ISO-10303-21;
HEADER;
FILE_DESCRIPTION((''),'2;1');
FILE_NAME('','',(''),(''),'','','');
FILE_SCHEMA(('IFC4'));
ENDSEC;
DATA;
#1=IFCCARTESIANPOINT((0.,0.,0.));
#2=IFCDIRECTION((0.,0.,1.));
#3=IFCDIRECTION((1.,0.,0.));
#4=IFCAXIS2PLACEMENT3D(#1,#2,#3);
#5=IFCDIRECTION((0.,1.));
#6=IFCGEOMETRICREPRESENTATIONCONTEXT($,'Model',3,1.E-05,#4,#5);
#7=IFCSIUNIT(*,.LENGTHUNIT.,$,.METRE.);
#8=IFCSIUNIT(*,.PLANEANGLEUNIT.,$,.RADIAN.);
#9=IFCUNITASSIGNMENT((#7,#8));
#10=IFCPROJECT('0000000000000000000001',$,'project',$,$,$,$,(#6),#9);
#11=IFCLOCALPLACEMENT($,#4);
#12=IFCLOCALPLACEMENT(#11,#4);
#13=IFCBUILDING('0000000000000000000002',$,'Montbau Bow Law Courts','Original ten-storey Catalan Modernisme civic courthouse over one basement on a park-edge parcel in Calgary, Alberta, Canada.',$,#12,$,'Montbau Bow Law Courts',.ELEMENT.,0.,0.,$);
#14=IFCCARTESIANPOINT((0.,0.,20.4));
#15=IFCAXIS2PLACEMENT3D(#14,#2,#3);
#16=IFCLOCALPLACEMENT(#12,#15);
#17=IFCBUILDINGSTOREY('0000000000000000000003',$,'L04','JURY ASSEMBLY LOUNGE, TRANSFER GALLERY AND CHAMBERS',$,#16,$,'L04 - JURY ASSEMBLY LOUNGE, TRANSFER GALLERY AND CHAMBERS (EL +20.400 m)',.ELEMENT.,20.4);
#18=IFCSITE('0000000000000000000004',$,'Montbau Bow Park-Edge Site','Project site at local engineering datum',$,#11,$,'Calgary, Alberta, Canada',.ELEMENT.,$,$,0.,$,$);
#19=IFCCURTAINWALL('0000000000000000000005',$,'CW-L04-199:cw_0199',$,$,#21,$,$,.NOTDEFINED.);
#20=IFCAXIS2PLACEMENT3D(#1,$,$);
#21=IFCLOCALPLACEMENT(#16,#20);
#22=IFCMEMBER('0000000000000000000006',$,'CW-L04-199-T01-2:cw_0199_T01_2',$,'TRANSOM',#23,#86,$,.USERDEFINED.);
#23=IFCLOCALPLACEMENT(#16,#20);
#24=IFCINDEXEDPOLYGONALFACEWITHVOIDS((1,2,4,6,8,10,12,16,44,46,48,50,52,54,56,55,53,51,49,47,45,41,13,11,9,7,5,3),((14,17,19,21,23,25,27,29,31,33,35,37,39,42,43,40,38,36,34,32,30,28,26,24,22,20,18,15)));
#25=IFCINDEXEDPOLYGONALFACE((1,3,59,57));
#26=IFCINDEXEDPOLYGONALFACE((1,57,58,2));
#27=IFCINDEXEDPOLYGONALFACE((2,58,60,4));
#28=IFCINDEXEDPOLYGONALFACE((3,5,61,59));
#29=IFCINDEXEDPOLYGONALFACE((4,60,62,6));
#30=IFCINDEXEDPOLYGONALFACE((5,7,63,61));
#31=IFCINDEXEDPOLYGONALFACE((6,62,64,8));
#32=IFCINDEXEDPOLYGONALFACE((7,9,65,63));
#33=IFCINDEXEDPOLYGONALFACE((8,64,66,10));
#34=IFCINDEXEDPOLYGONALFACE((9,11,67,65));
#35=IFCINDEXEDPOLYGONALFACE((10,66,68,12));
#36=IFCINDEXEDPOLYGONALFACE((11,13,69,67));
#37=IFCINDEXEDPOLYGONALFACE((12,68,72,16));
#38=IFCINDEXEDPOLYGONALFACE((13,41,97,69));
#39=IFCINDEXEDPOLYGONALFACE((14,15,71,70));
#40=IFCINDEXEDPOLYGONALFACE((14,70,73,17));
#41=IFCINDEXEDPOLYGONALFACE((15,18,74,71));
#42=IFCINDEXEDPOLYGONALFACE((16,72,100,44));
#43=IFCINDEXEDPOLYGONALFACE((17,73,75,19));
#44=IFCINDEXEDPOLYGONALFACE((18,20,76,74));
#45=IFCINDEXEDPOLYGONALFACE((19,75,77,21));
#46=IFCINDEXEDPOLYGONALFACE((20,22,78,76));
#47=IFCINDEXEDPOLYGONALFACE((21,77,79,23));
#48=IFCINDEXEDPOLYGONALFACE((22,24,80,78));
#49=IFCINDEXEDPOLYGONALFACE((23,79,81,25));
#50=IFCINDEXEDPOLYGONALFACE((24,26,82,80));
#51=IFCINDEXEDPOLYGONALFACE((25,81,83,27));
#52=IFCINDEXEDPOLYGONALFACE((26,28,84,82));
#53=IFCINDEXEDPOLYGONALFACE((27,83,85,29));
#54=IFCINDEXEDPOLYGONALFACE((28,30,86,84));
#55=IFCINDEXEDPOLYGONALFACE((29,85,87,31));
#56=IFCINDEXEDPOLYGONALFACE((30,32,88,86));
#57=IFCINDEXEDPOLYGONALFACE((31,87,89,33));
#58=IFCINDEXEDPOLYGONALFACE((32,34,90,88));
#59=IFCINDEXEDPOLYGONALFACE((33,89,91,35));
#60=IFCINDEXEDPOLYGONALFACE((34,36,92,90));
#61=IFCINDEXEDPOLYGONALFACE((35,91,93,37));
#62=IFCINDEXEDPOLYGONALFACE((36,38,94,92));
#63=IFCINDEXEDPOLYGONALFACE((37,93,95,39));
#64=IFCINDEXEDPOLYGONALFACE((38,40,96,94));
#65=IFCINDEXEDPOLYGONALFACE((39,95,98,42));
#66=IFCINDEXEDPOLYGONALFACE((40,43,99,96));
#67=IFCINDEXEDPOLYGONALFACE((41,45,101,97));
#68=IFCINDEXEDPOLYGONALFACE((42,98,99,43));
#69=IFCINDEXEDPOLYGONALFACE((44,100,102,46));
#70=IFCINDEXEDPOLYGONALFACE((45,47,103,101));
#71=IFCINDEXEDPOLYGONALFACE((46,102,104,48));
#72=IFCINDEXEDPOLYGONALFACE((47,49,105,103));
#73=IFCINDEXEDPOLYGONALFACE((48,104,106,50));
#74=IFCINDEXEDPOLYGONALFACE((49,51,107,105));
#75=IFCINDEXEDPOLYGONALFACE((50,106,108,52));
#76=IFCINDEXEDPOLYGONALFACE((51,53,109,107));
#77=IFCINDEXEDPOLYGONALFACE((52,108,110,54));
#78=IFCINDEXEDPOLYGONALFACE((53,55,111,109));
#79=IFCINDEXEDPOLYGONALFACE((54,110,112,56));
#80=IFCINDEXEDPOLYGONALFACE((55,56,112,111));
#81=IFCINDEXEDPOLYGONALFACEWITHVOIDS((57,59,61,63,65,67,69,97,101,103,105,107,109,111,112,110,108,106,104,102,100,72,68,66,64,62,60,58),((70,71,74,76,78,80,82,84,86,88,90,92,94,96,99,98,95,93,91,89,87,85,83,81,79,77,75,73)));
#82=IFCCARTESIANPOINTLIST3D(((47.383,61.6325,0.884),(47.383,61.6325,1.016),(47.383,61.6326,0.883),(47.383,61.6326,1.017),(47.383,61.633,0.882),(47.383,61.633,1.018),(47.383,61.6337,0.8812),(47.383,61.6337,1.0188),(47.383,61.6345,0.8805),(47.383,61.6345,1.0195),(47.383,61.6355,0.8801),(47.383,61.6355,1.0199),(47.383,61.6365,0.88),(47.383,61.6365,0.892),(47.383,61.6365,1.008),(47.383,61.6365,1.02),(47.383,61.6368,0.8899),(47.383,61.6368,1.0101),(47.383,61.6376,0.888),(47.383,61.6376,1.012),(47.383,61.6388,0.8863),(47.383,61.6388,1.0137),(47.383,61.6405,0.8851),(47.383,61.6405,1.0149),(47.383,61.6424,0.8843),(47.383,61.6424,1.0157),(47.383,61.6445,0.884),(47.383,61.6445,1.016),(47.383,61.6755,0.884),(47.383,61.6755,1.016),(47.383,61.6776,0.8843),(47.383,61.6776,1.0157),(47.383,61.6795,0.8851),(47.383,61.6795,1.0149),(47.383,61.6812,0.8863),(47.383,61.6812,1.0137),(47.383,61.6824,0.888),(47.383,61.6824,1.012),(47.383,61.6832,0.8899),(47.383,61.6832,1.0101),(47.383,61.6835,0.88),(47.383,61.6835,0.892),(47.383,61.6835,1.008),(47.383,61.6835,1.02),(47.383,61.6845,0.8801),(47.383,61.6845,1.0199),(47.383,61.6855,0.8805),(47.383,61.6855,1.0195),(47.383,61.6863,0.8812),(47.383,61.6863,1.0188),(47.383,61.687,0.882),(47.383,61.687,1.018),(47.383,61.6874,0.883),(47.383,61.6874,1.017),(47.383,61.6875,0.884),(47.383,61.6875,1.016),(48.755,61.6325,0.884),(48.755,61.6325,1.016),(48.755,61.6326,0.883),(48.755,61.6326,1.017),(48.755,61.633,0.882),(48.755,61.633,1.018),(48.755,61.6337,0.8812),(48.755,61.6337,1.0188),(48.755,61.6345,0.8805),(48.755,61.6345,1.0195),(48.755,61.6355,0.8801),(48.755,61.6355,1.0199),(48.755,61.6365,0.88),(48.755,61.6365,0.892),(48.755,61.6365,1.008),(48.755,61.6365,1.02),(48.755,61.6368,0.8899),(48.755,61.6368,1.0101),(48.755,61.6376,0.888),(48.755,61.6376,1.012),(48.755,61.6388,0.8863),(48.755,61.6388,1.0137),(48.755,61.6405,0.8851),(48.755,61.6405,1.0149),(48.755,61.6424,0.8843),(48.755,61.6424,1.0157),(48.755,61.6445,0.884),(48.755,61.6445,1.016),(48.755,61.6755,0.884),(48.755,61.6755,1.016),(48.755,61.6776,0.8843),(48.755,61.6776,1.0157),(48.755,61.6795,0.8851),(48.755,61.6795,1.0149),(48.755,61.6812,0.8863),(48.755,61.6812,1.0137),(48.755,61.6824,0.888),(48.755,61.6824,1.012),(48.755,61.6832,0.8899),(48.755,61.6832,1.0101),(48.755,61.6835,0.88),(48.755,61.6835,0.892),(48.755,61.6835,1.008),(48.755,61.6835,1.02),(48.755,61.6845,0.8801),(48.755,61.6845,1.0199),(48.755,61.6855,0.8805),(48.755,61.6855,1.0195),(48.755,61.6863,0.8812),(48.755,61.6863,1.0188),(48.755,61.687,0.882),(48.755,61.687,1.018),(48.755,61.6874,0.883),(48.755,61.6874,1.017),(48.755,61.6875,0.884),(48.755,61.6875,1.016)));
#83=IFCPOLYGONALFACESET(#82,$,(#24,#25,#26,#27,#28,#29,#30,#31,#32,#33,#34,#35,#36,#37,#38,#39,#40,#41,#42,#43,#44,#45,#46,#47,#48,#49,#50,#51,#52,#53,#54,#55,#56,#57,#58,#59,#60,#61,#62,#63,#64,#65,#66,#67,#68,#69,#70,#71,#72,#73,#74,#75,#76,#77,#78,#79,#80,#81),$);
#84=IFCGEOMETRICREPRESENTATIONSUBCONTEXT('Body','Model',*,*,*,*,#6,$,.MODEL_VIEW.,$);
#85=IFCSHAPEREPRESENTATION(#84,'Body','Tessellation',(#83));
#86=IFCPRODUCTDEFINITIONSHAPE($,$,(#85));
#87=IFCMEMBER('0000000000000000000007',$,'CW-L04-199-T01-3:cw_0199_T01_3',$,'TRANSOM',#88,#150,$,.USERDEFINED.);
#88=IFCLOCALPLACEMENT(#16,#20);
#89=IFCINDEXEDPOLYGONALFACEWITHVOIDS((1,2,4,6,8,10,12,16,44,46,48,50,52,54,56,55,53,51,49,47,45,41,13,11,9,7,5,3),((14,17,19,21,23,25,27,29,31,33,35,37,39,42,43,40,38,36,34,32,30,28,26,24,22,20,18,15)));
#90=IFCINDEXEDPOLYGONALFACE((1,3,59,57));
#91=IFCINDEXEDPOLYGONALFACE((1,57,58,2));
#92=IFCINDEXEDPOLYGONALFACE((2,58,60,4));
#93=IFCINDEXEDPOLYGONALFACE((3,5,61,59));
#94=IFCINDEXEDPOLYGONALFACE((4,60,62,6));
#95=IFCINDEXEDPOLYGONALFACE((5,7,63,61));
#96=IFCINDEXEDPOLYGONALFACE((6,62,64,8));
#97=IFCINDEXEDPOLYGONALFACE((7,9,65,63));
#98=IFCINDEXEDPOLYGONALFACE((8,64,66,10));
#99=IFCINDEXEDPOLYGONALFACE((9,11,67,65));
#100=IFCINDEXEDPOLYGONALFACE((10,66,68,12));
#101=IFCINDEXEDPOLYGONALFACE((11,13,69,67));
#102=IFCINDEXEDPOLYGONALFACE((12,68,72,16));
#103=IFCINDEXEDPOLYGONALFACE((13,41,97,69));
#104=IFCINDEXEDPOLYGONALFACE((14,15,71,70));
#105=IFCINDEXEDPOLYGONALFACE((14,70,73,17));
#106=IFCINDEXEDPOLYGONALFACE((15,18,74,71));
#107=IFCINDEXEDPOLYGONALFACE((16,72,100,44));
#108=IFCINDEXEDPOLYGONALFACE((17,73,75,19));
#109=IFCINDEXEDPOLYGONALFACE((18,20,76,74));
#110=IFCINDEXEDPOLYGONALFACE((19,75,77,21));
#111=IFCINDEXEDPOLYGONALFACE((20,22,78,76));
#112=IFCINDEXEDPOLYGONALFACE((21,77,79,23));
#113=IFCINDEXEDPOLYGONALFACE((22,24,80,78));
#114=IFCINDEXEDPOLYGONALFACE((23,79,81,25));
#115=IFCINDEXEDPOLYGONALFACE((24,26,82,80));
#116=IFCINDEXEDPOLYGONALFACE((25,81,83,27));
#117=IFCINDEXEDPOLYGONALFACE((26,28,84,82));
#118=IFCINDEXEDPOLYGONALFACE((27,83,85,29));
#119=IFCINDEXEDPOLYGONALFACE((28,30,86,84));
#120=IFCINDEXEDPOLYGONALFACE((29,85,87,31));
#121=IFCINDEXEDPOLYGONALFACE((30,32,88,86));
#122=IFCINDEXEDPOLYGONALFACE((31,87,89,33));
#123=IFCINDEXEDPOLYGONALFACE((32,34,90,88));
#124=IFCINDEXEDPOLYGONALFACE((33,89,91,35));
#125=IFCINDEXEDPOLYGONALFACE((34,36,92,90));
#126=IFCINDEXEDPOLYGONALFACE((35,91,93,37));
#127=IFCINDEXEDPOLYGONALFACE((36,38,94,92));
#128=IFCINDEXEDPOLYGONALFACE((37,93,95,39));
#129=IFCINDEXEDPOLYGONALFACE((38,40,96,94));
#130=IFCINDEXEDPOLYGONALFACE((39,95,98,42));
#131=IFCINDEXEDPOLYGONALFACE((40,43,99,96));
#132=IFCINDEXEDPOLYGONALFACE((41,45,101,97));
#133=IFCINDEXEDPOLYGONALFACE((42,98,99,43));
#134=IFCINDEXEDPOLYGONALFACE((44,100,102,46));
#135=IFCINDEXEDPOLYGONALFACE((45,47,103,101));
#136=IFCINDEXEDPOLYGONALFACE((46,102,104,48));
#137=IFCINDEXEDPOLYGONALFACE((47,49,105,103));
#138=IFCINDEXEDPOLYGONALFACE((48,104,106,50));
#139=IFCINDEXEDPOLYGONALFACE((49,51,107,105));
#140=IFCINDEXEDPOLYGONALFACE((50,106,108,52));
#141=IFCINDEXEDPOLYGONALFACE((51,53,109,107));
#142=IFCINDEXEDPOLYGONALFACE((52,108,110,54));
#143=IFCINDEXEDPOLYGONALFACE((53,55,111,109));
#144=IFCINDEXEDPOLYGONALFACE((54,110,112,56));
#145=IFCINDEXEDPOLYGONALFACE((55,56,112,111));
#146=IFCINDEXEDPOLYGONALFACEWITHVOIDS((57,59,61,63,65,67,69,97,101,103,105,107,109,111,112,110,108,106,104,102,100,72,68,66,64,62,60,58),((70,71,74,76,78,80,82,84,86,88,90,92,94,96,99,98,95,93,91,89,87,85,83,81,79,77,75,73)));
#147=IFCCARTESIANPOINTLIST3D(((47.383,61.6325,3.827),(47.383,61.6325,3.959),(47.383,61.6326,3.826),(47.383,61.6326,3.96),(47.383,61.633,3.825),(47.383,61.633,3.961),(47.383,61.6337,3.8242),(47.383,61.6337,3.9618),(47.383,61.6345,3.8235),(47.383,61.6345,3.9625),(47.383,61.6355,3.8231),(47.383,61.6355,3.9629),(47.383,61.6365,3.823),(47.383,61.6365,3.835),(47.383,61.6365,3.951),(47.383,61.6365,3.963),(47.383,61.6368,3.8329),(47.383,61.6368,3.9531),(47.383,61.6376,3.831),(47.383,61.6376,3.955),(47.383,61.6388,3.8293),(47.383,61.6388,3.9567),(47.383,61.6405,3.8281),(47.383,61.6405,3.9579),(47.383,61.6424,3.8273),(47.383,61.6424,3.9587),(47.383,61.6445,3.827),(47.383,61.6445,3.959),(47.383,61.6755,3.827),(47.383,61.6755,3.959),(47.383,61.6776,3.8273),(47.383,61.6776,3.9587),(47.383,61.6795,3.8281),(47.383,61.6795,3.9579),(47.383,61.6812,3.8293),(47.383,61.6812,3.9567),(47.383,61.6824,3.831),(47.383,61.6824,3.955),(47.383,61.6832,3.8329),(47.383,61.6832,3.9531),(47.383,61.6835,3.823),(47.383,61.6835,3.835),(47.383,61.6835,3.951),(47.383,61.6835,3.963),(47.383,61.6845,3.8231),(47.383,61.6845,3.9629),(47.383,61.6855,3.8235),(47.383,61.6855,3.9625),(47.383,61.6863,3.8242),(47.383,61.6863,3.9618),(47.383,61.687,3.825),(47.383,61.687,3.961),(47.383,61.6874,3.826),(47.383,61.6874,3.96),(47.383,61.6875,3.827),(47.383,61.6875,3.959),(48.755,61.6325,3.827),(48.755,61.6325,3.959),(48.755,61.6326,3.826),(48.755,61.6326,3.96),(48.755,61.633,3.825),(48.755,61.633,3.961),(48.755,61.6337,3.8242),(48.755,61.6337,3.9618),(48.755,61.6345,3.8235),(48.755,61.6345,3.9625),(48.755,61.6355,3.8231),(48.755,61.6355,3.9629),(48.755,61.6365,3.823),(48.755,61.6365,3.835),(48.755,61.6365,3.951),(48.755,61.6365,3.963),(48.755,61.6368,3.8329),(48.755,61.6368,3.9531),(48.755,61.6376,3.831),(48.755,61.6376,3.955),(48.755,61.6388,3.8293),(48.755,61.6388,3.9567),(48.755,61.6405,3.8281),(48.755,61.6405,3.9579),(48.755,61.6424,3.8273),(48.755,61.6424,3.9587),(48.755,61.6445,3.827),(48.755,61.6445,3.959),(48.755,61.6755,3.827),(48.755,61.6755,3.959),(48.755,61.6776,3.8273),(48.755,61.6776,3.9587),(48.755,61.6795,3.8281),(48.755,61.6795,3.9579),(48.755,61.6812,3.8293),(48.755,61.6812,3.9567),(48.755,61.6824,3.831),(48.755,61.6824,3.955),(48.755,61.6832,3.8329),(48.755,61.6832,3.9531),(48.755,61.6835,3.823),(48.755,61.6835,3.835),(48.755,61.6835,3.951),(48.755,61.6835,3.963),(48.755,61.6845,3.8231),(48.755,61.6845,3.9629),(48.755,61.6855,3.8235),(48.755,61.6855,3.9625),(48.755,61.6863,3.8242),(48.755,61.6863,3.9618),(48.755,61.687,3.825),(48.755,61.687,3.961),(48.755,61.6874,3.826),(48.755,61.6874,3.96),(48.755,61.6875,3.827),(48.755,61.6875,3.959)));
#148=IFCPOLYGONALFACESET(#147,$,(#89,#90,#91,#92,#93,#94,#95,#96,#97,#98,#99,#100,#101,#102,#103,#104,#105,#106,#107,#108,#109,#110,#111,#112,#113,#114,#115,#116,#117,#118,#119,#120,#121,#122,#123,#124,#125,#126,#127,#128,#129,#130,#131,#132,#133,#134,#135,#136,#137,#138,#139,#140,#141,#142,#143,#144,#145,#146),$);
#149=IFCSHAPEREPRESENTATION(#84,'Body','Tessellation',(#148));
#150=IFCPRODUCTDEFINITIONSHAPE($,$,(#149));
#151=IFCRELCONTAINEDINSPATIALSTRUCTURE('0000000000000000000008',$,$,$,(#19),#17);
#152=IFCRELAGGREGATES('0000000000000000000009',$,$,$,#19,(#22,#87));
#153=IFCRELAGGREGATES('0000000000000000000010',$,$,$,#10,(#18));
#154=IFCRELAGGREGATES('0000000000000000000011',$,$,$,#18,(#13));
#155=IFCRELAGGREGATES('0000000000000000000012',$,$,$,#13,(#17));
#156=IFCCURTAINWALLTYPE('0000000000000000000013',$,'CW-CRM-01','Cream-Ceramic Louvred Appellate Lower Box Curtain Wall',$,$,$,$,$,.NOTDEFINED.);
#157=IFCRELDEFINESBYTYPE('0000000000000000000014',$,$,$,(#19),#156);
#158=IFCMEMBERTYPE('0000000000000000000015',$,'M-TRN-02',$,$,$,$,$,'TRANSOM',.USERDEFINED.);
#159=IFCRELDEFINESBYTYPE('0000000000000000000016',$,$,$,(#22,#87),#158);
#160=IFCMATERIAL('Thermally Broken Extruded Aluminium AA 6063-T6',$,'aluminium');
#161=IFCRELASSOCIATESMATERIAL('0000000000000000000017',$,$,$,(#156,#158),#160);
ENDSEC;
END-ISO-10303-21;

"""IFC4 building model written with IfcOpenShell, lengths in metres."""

from ifc_helpers import new_model, si_unit, direction, frame, origin_with_axes, origin_2d_with_axis, place, context, subcontext, project, spatial, hollow_rectangle, extrude, material, material_profile, profile_set, type_object, element, aggregate, save


model = new_model("IFC4")

# Units and contexts
model_context = context("Model", 3, precision=1e-05, world=origin_with_axes(), true_north=direction((0.0, 1.0)))
body_context = subcontext(model_context, "Body", "Model", "MODEL_VIEW")
ifc_project = project(units=[si_unit("LENGTHUNIT", "METRE"), si_unit("PLANEANGLEUNIT", "RADIAN")], contexts=[model_context])

# Site, building, storey
site_placement = place(None, origin_with_axes())
site = spatial("IfcSite", under=ifc_project, at=site_placement, Name="Montbau Bow Park-Edge Site", Description="Project site at local engineering datum", LongName="Calgary, Alberta, Canada", CompositionType="ELEMENT", RefElevation=0.0)
building_placement = place(site_placement, origin_with_axes())
building = spatial("IfcBuilding", under=site, at=building_placement, Name="Montbau Bow Law Courts", Description="Original ten-storey Catalan Modernisme civic courthouse over one basement on a park-edge parcel in Calgary, Alberta, Canada.", LongName="Montbau Bow Law Courts", CompositionType="ELEMENT", ElevationOfRefHeight=0.0, ElevationOfTerrain=0.0)
storey_placement = place(building_placement, frame((0.0, 0.0, 20.4), z_axis=(0.0, 0.0, 1.0), x_axis=(1.0, 0.0, 0.0)))
storey = spatial("IfcBuildingStorey", under=building, at=storey_placement, Name="L04", Description="JURY ASSEMBLY LOUNGE, TRANSFER GALLERY AND CHAMBERS", LongName="L04 - JURY ASSEMBLY LOUNGE, TRANSFER GALLERY AND CHAMBERS (EL +20.400 m)", CompositionType="ELEMENT", Elevation=20.4)

# Curtain wall, members
ifc_material_1 = material(Name="Thermally Broken Extruded Aluminium AA 6063-T6", Category="aluminium")
curtain_wall_type = type_object("IfcCurtainWallType", Name="CW-CRM-01", Description="Cream-Ceramic Louvred Appellate Lower Box Curtain Wall", PredefinedType="NOTDEFINED", material=ifc_material_1)
curtain_wall_1_placement = place(None, frame((47.315, 61.66, 20.4), z_axis=(0.0, 0.0, 1.0), x_axis=(1.0, 0.0, 0.0)))
curtain_wall_1 = element("IfcCurtainWall", 1, at=curtain_wall_1_placement, inside=storey, type_object=curtain_wall_type, Name="CW-L04-199:cw_0199", PredefinedType="NOTDEFINED")
ifc_material_profile_1 = material_profile(ifc_material_1, hollow_rectangle(XDim=0.055, YDim=0.14, WallThickness=0.004, InnerFilletRadius=0.008, OuterFilletRadius=0.004, at=origin_2d_with_axis()), Name="CWT-140X55", Category="Main", Priority=0)
ifc_profile_set_1 = profile_set([ifc_material_profile_1], Name="Thermally Broken Extruded Aluminium AA 6063-T6")
member_type_1 = type_object("IfcMemberType", Name="M-TRN-02", ElementType="TRANSOM", PredefinedType="USERDEFINED", material=ifc_profile_set_1)
member_1_placement = place(None, frame((47.383, 61.66, 21.35), z_axis=(1.0, 0.0, 0.0), x_axis=(0.0, 1.0, 0.0)))
member_1 = element("IfcMember", 2, at=member_1_placement, type_object=member_type_1, Name="CW-L04-199-T01-2:cw_0199_T01_2", ObjectType="TRANSOM", PredefinedType="USERDEFINED", context=body_context, shape_type="SweptSolid", body=[
    extrude(hollow_rectangle(XDim=0.055, YDim=0.14, WallThickness=0.004, InnerFilletRadius=0.008, OuterFilletRadius=0.004, at=origin_2d_with_axis()), origin_with_axes(), (0.0, 0.0, 1.0), 1.372),
])
member_2_placement = place(None, frame((47.383, 61.66, 24.293), z_axis=(1.0, 0.0, 0.0), x_axis=(0.0, 1.0, 0.0)))
member_2 = element("IfcMember", 3, at=member_2_placement, type_object=member_type_1, Name="CW-L04-199-T01-3:cw_0199_T01_3", ObjectType="TRANSOM", PredefinedType="USERDEFINED", context=body_context, shape_type="SweptSolid", body=[
    extrude(hollow_rectangle(XDim=0.055, YDim=0.14, WallThickness=0.004, InnerFilletRadius=0.008, OuterFilletRadius=0.004, at=origin_2d_with_axis()), origin_with_axes(), (0.0, 0.0, 1.0), 1.372),
])

aggregate(curtain_wall_1, [member_1, member_2])

save(model, "model.ifc")
